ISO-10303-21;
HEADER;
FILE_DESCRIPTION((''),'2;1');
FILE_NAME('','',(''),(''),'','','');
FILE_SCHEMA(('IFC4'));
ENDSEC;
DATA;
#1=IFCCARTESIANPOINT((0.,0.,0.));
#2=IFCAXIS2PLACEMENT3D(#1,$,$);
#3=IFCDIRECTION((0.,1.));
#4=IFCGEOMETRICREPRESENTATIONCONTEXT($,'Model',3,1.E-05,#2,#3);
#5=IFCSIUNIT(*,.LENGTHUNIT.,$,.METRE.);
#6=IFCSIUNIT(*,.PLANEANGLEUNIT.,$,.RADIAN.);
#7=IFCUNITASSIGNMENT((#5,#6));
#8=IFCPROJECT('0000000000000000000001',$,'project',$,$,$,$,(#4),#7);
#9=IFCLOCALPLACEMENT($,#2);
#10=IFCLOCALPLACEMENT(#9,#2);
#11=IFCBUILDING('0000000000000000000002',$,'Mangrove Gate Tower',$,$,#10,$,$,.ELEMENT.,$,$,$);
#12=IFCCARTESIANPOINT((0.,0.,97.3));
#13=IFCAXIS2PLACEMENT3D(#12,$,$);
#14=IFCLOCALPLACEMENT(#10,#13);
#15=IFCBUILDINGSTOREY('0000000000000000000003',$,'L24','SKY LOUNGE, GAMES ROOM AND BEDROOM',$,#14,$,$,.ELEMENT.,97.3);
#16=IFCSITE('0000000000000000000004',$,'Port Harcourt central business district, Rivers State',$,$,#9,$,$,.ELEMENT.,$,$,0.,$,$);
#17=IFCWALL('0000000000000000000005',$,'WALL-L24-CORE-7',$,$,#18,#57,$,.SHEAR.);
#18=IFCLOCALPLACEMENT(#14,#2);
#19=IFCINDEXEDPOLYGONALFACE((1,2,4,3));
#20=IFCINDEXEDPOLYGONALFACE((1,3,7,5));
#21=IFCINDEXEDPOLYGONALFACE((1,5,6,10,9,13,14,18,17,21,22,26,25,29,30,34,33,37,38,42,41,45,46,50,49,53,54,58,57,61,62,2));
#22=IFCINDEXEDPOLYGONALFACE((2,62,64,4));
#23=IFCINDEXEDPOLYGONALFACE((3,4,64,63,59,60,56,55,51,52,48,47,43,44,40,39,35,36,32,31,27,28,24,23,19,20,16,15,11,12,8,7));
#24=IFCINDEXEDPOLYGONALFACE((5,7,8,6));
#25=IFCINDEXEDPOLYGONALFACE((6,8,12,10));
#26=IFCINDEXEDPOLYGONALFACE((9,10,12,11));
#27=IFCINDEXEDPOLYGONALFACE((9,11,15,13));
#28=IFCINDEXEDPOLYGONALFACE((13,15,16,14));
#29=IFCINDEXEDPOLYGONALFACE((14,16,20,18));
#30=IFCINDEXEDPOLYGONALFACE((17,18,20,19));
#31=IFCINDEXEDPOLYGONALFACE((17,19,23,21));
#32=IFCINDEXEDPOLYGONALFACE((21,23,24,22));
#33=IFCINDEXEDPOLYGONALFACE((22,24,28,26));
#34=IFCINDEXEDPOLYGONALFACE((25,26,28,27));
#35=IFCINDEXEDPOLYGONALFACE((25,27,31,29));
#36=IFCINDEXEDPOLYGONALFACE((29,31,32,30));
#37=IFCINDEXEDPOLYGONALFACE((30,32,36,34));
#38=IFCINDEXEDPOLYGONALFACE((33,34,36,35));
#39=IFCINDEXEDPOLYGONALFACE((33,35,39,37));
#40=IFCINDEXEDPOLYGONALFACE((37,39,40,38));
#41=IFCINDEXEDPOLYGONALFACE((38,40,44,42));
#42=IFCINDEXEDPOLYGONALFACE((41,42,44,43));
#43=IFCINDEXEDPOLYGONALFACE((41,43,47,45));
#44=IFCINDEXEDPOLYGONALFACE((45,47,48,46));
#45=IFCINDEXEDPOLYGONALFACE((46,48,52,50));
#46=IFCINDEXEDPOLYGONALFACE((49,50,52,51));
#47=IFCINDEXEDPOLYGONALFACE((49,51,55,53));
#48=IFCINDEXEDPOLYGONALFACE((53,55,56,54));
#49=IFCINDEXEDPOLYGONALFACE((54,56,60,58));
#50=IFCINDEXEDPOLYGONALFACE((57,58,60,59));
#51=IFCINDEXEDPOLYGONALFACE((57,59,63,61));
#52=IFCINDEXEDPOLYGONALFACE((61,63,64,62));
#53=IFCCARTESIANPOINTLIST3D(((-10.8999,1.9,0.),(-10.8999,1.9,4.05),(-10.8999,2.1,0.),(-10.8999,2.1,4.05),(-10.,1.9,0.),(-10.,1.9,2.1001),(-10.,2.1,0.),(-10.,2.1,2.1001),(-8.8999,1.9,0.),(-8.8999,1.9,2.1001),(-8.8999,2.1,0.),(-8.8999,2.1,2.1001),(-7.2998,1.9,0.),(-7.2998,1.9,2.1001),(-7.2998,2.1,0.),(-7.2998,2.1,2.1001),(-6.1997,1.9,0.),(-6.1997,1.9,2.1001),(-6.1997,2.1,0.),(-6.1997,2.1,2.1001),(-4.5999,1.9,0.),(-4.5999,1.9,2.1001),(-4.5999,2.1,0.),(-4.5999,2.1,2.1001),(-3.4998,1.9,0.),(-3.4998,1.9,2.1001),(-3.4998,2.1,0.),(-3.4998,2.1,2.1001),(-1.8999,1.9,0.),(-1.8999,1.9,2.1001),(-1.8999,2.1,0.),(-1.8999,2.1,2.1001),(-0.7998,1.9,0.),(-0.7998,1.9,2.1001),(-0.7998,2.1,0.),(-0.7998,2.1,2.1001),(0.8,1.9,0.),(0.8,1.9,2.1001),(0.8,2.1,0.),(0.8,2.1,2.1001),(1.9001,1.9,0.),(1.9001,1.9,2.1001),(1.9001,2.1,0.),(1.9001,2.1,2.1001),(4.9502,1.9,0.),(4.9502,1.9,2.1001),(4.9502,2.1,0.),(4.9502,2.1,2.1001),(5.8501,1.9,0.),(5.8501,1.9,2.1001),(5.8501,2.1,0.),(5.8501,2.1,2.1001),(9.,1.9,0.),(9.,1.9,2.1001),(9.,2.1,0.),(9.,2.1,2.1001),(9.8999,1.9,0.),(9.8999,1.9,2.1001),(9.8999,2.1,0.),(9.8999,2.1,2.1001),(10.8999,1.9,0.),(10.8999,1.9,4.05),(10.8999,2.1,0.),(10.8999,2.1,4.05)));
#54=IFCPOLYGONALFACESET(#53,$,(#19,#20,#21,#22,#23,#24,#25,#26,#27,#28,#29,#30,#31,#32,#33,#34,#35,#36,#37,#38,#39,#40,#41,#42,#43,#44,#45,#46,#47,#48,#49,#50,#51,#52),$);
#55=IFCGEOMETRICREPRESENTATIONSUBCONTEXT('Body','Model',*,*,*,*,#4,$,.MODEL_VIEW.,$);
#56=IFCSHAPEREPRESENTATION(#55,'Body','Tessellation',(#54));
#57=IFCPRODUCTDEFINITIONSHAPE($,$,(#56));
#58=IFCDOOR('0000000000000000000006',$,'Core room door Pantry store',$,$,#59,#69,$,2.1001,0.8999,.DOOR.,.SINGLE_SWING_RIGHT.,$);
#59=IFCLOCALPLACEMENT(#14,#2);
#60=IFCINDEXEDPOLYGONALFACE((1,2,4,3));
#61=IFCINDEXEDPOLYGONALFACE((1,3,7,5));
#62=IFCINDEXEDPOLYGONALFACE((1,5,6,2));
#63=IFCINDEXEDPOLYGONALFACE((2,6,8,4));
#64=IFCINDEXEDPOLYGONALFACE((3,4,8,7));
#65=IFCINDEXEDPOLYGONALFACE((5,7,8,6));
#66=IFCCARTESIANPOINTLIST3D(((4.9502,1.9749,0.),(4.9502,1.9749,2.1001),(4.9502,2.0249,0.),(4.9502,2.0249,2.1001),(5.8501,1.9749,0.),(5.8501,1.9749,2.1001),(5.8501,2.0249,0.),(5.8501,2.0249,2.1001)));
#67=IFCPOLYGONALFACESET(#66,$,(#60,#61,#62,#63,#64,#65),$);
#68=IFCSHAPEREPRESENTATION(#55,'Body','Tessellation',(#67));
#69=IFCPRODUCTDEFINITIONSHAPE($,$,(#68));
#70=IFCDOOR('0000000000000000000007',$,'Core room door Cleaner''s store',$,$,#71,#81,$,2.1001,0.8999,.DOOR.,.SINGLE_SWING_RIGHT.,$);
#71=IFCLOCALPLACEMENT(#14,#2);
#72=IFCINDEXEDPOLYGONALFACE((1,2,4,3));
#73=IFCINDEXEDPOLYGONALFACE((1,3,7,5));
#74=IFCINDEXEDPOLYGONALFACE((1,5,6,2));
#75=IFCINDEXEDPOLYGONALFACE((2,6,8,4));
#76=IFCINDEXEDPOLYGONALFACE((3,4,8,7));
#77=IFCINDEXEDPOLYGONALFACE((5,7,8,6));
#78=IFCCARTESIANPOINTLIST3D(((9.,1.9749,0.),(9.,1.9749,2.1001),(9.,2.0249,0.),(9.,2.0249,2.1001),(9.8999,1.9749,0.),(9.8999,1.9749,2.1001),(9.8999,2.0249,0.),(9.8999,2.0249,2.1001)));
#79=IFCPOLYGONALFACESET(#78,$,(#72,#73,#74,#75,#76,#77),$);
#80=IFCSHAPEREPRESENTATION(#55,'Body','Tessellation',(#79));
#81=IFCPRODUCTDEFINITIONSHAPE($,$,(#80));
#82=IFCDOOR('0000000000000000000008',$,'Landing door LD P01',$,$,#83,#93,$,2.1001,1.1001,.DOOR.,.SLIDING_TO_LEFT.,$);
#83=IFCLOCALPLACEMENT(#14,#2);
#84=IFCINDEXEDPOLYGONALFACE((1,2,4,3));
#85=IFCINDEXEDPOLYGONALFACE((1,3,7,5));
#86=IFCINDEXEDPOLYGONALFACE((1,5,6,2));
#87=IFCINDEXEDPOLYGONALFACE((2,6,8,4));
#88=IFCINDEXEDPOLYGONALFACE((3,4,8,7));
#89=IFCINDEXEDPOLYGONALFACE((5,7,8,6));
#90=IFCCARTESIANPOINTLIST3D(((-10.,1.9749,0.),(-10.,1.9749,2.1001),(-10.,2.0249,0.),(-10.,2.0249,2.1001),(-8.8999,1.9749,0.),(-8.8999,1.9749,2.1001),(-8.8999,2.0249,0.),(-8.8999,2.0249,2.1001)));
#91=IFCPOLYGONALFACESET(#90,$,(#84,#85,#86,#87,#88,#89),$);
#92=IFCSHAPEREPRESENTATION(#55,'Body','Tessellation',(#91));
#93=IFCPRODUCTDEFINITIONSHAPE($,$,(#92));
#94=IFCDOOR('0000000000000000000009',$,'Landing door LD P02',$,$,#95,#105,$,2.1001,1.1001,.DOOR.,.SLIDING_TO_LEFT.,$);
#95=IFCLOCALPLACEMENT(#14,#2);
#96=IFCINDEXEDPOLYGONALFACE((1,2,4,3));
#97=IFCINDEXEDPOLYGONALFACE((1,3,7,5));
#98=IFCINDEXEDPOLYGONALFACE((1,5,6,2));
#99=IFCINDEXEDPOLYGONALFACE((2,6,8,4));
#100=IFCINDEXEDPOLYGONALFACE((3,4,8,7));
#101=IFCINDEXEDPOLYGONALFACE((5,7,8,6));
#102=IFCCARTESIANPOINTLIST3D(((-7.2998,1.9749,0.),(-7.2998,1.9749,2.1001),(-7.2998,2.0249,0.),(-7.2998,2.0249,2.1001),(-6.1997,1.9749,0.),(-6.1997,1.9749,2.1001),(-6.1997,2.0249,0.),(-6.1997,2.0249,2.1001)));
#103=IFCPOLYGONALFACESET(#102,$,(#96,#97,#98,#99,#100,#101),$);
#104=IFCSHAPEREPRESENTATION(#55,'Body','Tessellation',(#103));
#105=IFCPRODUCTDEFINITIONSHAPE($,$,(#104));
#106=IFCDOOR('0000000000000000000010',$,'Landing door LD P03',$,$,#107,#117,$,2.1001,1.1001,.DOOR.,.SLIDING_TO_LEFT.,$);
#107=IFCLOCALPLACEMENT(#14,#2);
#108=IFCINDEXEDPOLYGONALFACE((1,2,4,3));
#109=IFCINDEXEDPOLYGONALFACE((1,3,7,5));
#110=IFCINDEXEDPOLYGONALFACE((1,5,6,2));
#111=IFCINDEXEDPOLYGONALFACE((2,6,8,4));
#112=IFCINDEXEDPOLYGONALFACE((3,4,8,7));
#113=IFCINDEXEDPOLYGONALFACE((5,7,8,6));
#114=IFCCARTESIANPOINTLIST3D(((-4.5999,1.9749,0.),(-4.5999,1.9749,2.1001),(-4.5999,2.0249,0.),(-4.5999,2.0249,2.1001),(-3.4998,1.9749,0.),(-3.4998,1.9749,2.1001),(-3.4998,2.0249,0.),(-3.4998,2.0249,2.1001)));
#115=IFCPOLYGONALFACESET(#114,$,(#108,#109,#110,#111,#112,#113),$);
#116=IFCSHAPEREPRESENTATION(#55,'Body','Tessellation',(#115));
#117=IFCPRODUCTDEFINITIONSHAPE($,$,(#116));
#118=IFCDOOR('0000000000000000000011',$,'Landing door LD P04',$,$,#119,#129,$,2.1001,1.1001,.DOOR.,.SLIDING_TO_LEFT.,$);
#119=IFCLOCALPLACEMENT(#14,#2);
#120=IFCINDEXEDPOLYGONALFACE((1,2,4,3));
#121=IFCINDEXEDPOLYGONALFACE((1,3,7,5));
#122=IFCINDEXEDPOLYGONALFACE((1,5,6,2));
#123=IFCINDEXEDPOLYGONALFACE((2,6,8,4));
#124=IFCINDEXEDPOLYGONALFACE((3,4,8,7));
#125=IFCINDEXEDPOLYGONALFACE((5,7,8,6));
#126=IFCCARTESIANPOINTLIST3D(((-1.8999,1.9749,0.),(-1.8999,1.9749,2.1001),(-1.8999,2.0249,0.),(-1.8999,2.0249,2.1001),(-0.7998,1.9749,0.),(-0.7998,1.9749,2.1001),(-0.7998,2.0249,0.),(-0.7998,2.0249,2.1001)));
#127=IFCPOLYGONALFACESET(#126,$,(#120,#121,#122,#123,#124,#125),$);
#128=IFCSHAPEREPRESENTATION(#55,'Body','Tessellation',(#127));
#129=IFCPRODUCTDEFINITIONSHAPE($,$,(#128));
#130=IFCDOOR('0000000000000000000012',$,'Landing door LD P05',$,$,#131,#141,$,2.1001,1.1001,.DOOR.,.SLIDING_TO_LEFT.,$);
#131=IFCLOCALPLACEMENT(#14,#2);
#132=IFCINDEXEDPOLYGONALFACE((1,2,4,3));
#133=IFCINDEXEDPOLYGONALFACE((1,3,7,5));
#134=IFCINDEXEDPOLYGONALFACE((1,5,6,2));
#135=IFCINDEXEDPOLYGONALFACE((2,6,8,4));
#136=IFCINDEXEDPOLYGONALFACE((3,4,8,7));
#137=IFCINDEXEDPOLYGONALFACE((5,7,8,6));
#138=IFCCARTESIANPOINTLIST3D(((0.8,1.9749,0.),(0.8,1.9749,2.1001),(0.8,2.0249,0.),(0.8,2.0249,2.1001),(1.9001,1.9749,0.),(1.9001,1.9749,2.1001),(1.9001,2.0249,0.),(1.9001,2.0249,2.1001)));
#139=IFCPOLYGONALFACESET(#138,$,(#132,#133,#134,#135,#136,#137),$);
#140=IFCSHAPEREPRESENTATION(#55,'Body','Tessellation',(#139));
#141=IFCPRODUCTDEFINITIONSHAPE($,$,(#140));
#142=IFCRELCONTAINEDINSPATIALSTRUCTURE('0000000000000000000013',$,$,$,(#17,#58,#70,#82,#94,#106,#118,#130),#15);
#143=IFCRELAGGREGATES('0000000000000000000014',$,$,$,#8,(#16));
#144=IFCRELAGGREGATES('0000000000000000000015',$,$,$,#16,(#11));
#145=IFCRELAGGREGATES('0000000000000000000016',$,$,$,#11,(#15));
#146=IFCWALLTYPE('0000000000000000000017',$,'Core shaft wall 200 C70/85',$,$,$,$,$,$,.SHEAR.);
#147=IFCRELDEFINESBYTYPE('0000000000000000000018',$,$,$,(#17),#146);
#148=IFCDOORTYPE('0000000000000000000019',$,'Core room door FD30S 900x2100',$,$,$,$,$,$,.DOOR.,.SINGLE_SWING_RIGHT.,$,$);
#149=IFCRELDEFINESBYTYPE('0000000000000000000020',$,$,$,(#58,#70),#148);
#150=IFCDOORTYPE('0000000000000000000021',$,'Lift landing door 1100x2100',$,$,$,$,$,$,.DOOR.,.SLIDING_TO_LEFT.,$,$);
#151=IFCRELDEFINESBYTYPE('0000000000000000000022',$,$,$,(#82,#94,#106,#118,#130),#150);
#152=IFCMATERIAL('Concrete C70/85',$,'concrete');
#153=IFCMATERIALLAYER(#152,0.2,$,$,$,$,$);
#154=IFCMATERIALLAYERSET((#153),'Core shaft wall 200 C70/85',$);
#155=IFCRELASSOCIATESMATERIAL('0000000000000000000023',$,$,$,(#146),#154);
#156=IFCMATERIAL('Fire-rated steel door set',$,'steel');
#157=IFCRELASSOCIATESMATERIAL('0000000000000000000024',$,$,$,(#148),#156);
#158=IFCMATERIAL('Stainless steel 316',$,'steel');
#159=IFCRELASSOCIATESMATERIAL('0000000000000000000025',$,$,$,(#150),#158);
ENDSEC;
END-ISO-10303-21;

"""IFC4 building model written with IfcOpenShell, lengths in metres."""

from ifc_helpers import new_model, si_unit, direction, frame, frame_2d, origin, place, context, subcontext, project, spatial, rectangle, extrude, material, layer, layer_set, type_object, element, fill, save


model = new_model("IFC4")

# Units and contexts
model_context = context("Model", 3, precision=1e-05, world=origin(), true_north=direction((0.0, 1.0)))
body_context = subcontext(model_context, "Body", "Model", "MODEL_VIEW")
ifc_project = project(units=[si_unit("LENGTHUNIT", "METRE"), si_unit("PLANEANGLEUNIT", "RADIAN")], contexts=[model_context])

# Site, building, storey
site_placement = place(None, origin())
site = spatial("IfcSite", under=ifc_project, at=site_placement, Name="Port Harcourt central business district, Rivers State", CompositionType="ELEMENT", RefElevation=0.0)
building_placement = place(site_placement, origin())
building = spatial("IfcBuilding", under=site, at=building_placement, Name="Mangrove Gate Tower", CompositionType="ELEMENT")
storey_placement = place(building_placement, frame((0.0, 0.0, 97.3)))
storey = spatial("IfcBuildingStorey", under=building, at=storey_placement, Name="L24", Description="SKY LOUNGE, GAMES ROOM AND BEDROOM", CompositionType="ELEMENT", Elevation=97.3)

# Wall, openings, doors
ifc_material_1 = material(Name="Concrete C70/85", Category="concrete")
ifc_layer_1 = layer(ifc_material_1, 0.2)
ifc_layer_set_1 = layer_set([ifc_layer_1], Name="Core shaft wall 200 C70/85")
wall_type_1 = type_object("IfcWallType", Name="Core shaft wall 200 C70/85", PredefinedType="SHEAR", material=ifc_layer_set_1)
wall_1_placement = place(storey_placement, frame((-10.8999, 2.0, 0.0), z_axis=(0.0, 0.0, 1.0), x_axis=(1.0, 0.0, 0.0)))
wall_1 = element("IfcWall", 1, at=wall_1_placement, inside=storey, type_object=wall_type_1, Name="WALL-L24-CORE-7", PredefinedType="SHEAR", context=body_context, shape_type="SweptSolid", body=[
    extrude(rectangle(XDim=21.7998, YDim=0.2, at=frame_2d((10.8999, 0.0))), origin(), (0.0, 0.0, 1.0), 4.05),
])
opening_1_placement = place(wall_1_placement, frame((0.8999, 0.0, 0.0)))
opening_1 = element("IfcOpeningElement", 2, at=opening_1_placement, cuts=wall_1, PredefinedType="OPENING", context=body_context, shape_type="SweptSolid", body=[
    extrude(rectangle(XDim=1.1001, YDim=2.1001, at=frame_2d((0.55, 1.05))), frame((0.0, 0.1099, 0.0), z_axis=(0.0, -1.0, 0.0), x_axis=(1.0, 0.0, 0.0)), (0.0, 0.0, 1.0), 0.22),
])
opening_2_placement = place(wall_1_placement, frame((3.6001, 0.0, 0.0)))
opening_2 = element("IfcOpeningElement", 3, at=opening_2_placement, cuts=wall_1, PredefinedType="OPENING", context=body_context, shape_type="SweptSolid", body=[
    extrude(rectangle(XDim=1.1001, YDim=2.1001, at=frame_2d((0.55, 1.05))), frame((0.0, 0.1099, 0.0), z_axis=(0.0, -1.0, 0.0), x_axis=(1.0, 0.0, 0.0)), (0.0, 0.0, 1.0), 0.22),
])
opening_3_placement = place(wall_1_placement, frame((6.3, 0.0, 0.0)))
opening_3 = element("IfcOpeningElement", 4, at=opening_3_placement, cuts=wall_1, PredefinedType="OPENING", context=body_context, shape_type="SweptSolid", body=[
    extrude(rectangle(XDim=1.1001, YDim=2.1001, at=frame_2d((0.55, 1.05))), frame((0.0, 0.1099, 0.0), z_axis=(0.0, -1.0, 0.0), x_axis=(1.0, 0.0, 0.0)), (0.0, 0.0, 1.0), 0.22),
])
opening_4_placement = place(wall_1_placement, frame((9.0, 0.0, 0.0)))
opening_4 = element("IfcOpeningElement", 5, at=opening_4_placement, cuts=wall_1, PredefinedType="OPENING", context=body_context, shape_type="SweptSolid", body=[
    extrude(rectangle(XDim=1.1001, YDim=2.1001, at=frame_2d((0.55, 1.05))), frame((0.0, 0.1099, 0.0), z_axis=(0.0, -1.0, 0.0), x_axis=(1.0, 0.0, 0.0)), (0.0, 0.0, 1.0), 0.22),
])
opening_5_placement = place(wall_1_placement, frame((11.7, 0.0, 0.0)))
opening_5 = element("IfcOpeningElement", 6, at=opening_5_placement, cuts=wall_1, PredefinedType="OPENING", context=body_context, shape_type="SweptSolid", body=[
    extrude(rectangle(XDim=1.1001, YDim=2.1001, at=frame_2d((0.55, 1.05))), frame((0.0, 0.1099, 0.0), z_axis=(0.0, -1.0, 0.0), x_axis=(1.0, 0.0, 0.0)), (0.0, 0.0, 1.0), 0.22),
])
opening_6_placement = place(wall_1_placement, frame((15.8501, 0.0, 0.0)))
opening_6 = element("IfcOpeningElement", 7, at=opening_6_placement, cuts=wall_1, PredefinedType="OPENING", context=body_context, shape_type="SweptSolid", body=[
    extrude(rectangle(XDim=0.8999, YDim=2.1001, at=frame_2d((0.45, 1.05))), frame((0.0, 0.1099, 0.0), z_axis=(0.0, -1.0, 0.0), x_axis=(1.0, 0.0, 0.0)), (0.0, 0.0, 1.0), 0.22),
])
opening_7_placement = place(wall_1_placement, frame((19.8999, 0.0, 0.0)))
opening_7 = element("IfcOpeningElement", 8, at=opening_7_placement, cuts=wall_1, PredefinedType="OPENING", context=body_context, shape_type="SweptSolid", body=[
    extrude(rectangle(XDim=0.8999, YDim=2.1001, at=frame_2d((0.45, 1.05))), frame((0.0, 0.1099, 0.0), z_axis=(0.0, -1.0, 0.0), x_axis=(1.0, 0.0, 0.0)), (0.0, 0.0, 1.0), 0.22),
])
ifc_material_2 = material(Name="Fire-rated steel door set", Category="steel")
door_type_1 = type_object("IfcDoorType", Name="Core room door FD30S 900x2100", OperationType="SINGLE_SWING_RIGHT", PredefinedType="DOOR", material=ifc_material_2)
door_1_placement = place(opening_6_placement, origin())
door_1 = element("IfcDoor", 9, at=door_1_placement, inside=storey, type_object=door_type_1, Name="Core room door Pantry store", OperationType="SINGLE_SWING_RIGHT", OverallHeight=2.1001, OverallWidth=0.8999, PredefinedType="DOOR", context=body_context, shape_type="SweptSolid", body=[
    extrude(rectangle(XDim=0.8999, YDim=2.1001, at=frame_2d((0.45, 1.05))), frame((0.0, 0.0249, 0.0), z_axis=(0.0, -1.0, 0.0), x_axis=(1.0, 0.0, 0.0)), (0.0, 0.0, 1.0), 0.05),
])
fill(opening_6, door_1)
door_2_placement = place(opening_7_placement, origin())
door_2 = element("IfcDoor", 10, at=door_2_placement, inside=storey, type_object=door_type_1, Name="Core room door Cleaner's store", OperationType="SINGLE_SWING_RIGHT", OverallHeight=2.1001, OverallWidth=0.8999, PredefinedType="DOOR", context=body_context, shape_type="SweptSolid", body=[
    extrude(rectangle(XDim=0.8999, YDim=2.1001, at=frame_2d((0.45, 1.05))), frame((0.0, 0.0249, 0.0), z_axis=(0.0, -1.0, 0.0), x_axis=(1.0, 0.0, 0.0)), (0.0, 0.0, 1.0), 0.05),
])
fill(opening_7, door_2)
ifc_material_3 = material(Name="Stainless steel 316", Category="steel")
door_type_2 = type_object("IfcDoorType", Name="Lift landing door 1100x2100", OperationType="SLIDING_TO_LEFT", PredefinedType="DOOR", material=ifc_material_3)
door_3_placement = place(opening_1_placement, origin())
door_3 = element("IfcDoor", 11, at=door_3_placement, inside=storey, type_object=door_type_2, Name="Landing door LD P01", OperationType="SLIDING_TO_LEFT", OverallHeight=2.1001, OverallWidth=1.1001, PredefinedType="DOOR", context=body_context, shape_type="SweptSolid", body=[
    extrude(rectangle(XDim=1.1001, YDim=2.1001, at=frame_2d((0.55, 1.05))), frame((0.0, 0.0249, 0.0), z_axis=(0.0, -1.0, 0.0), x_axis=(1.0, 0.0, 0.0)), (0.0, 0.0, 1.0), 0.05),
])
fill(opening_1, door_3)
door_4_placement = place(opening_2_placement, origin())
door_4 = element("IfcDoor", 12, at=door_4_placement, inside=storey, type_object=door_type_2, Name="Landing door LD P02", OperationType="SLIDING_TO_LEFT", OverallHeight=2.1001, OverallWidth=1.1001, PredefinedType="DOOR", context=body_context, shape_type="SweptSolid", body=[
    extrude(rectangle(XDim=1.1001, YDim=2.1001, at=frame_2d((0.55, 1.05))), frame((0.0, 0.0249, 0.0), z_axis=(0.0, -1.0, 0.0), x_axis=(1.0, 0.0, 0.0)), (0.0, 0.0, 1.0), 0.05),
])
fill(opening_2, door_4)
door_5_placement = place(opening_3_placement, origin())
door_5 = element("IfcDoor", 13, at=door_5_placement, inside=storey, type_object=door_type_2, Name="Landing door LD P03", OperationType="SLIDING_TO_LEFT", OverallHeight=2.1001, OverallWidth=1.1001, PredefinedType="DOOR", context=body_context, shape_type="SweptSolid", body=[
    extrude(rectangle(XDim=1.1001, YDim=2.1001, at=frame_2d((0.55, 1.05))), frame((0.0, 0.0249, 0.0), z_axis=(0.0, -1.0, 0.0), x_axis=(1.0, 0.0, 0.0)), (0.0, 0.0, 1.0), 0.05),
])
fill(opening_3, door_5)
door_6_placement = place(opening_4_placement, origin())
door_6 = element("IfcDoor", 14, at=door_6_placement, inside=storey, type_object=door_type_2, Name="Landing door LD P04", OperationType="SLIDING_TO_LEFT", OverallHeight=2.1001, OverallWidth=1.1001, PredefinedType="DOOR", context=body_context, shape_type="SweptSolid", body=[
    extrude(rectangle(XDim=1.1001, YDim=2.1001, at=frame_2d((0.55, 1.05))), frame((0.0, 0.0249, 0.0), z_axis=(0.0, -1.0, 0.0), x_axis=(1.0, 0.0, 0.0)), (0.0, 0.0, 1.0), 0.05),
])
fill(opening_4, door_6)
door_7_placement = place(opening_5_placement, origin())
door_7 = element("IfcDoor", 15, at=door_7_placement, inside=storey, type_object=door_type_2, Name="Landing door LD P05", OperationType="SLIDING_TO_LEFT", OverallHeight=2.1001, OverallWidth=1.1001, PredefinedType="DOOR", context=body_context, shape_type="SweptSolid", body=[
    extrude(rectangle(XDim=1.1001, YDim=2.1001, at=frame_2d((0.55, 1.05))), frame((0.0, 0.0249, 0.0), z_axis=(0.0, -1.0, 0.0), x_axis=(1.0, 0.0, 0.0)), (0.0, 0.0, 1.0), 0.05),
])
fill(opening_5, door_7)

save(model, "model.ifc")
